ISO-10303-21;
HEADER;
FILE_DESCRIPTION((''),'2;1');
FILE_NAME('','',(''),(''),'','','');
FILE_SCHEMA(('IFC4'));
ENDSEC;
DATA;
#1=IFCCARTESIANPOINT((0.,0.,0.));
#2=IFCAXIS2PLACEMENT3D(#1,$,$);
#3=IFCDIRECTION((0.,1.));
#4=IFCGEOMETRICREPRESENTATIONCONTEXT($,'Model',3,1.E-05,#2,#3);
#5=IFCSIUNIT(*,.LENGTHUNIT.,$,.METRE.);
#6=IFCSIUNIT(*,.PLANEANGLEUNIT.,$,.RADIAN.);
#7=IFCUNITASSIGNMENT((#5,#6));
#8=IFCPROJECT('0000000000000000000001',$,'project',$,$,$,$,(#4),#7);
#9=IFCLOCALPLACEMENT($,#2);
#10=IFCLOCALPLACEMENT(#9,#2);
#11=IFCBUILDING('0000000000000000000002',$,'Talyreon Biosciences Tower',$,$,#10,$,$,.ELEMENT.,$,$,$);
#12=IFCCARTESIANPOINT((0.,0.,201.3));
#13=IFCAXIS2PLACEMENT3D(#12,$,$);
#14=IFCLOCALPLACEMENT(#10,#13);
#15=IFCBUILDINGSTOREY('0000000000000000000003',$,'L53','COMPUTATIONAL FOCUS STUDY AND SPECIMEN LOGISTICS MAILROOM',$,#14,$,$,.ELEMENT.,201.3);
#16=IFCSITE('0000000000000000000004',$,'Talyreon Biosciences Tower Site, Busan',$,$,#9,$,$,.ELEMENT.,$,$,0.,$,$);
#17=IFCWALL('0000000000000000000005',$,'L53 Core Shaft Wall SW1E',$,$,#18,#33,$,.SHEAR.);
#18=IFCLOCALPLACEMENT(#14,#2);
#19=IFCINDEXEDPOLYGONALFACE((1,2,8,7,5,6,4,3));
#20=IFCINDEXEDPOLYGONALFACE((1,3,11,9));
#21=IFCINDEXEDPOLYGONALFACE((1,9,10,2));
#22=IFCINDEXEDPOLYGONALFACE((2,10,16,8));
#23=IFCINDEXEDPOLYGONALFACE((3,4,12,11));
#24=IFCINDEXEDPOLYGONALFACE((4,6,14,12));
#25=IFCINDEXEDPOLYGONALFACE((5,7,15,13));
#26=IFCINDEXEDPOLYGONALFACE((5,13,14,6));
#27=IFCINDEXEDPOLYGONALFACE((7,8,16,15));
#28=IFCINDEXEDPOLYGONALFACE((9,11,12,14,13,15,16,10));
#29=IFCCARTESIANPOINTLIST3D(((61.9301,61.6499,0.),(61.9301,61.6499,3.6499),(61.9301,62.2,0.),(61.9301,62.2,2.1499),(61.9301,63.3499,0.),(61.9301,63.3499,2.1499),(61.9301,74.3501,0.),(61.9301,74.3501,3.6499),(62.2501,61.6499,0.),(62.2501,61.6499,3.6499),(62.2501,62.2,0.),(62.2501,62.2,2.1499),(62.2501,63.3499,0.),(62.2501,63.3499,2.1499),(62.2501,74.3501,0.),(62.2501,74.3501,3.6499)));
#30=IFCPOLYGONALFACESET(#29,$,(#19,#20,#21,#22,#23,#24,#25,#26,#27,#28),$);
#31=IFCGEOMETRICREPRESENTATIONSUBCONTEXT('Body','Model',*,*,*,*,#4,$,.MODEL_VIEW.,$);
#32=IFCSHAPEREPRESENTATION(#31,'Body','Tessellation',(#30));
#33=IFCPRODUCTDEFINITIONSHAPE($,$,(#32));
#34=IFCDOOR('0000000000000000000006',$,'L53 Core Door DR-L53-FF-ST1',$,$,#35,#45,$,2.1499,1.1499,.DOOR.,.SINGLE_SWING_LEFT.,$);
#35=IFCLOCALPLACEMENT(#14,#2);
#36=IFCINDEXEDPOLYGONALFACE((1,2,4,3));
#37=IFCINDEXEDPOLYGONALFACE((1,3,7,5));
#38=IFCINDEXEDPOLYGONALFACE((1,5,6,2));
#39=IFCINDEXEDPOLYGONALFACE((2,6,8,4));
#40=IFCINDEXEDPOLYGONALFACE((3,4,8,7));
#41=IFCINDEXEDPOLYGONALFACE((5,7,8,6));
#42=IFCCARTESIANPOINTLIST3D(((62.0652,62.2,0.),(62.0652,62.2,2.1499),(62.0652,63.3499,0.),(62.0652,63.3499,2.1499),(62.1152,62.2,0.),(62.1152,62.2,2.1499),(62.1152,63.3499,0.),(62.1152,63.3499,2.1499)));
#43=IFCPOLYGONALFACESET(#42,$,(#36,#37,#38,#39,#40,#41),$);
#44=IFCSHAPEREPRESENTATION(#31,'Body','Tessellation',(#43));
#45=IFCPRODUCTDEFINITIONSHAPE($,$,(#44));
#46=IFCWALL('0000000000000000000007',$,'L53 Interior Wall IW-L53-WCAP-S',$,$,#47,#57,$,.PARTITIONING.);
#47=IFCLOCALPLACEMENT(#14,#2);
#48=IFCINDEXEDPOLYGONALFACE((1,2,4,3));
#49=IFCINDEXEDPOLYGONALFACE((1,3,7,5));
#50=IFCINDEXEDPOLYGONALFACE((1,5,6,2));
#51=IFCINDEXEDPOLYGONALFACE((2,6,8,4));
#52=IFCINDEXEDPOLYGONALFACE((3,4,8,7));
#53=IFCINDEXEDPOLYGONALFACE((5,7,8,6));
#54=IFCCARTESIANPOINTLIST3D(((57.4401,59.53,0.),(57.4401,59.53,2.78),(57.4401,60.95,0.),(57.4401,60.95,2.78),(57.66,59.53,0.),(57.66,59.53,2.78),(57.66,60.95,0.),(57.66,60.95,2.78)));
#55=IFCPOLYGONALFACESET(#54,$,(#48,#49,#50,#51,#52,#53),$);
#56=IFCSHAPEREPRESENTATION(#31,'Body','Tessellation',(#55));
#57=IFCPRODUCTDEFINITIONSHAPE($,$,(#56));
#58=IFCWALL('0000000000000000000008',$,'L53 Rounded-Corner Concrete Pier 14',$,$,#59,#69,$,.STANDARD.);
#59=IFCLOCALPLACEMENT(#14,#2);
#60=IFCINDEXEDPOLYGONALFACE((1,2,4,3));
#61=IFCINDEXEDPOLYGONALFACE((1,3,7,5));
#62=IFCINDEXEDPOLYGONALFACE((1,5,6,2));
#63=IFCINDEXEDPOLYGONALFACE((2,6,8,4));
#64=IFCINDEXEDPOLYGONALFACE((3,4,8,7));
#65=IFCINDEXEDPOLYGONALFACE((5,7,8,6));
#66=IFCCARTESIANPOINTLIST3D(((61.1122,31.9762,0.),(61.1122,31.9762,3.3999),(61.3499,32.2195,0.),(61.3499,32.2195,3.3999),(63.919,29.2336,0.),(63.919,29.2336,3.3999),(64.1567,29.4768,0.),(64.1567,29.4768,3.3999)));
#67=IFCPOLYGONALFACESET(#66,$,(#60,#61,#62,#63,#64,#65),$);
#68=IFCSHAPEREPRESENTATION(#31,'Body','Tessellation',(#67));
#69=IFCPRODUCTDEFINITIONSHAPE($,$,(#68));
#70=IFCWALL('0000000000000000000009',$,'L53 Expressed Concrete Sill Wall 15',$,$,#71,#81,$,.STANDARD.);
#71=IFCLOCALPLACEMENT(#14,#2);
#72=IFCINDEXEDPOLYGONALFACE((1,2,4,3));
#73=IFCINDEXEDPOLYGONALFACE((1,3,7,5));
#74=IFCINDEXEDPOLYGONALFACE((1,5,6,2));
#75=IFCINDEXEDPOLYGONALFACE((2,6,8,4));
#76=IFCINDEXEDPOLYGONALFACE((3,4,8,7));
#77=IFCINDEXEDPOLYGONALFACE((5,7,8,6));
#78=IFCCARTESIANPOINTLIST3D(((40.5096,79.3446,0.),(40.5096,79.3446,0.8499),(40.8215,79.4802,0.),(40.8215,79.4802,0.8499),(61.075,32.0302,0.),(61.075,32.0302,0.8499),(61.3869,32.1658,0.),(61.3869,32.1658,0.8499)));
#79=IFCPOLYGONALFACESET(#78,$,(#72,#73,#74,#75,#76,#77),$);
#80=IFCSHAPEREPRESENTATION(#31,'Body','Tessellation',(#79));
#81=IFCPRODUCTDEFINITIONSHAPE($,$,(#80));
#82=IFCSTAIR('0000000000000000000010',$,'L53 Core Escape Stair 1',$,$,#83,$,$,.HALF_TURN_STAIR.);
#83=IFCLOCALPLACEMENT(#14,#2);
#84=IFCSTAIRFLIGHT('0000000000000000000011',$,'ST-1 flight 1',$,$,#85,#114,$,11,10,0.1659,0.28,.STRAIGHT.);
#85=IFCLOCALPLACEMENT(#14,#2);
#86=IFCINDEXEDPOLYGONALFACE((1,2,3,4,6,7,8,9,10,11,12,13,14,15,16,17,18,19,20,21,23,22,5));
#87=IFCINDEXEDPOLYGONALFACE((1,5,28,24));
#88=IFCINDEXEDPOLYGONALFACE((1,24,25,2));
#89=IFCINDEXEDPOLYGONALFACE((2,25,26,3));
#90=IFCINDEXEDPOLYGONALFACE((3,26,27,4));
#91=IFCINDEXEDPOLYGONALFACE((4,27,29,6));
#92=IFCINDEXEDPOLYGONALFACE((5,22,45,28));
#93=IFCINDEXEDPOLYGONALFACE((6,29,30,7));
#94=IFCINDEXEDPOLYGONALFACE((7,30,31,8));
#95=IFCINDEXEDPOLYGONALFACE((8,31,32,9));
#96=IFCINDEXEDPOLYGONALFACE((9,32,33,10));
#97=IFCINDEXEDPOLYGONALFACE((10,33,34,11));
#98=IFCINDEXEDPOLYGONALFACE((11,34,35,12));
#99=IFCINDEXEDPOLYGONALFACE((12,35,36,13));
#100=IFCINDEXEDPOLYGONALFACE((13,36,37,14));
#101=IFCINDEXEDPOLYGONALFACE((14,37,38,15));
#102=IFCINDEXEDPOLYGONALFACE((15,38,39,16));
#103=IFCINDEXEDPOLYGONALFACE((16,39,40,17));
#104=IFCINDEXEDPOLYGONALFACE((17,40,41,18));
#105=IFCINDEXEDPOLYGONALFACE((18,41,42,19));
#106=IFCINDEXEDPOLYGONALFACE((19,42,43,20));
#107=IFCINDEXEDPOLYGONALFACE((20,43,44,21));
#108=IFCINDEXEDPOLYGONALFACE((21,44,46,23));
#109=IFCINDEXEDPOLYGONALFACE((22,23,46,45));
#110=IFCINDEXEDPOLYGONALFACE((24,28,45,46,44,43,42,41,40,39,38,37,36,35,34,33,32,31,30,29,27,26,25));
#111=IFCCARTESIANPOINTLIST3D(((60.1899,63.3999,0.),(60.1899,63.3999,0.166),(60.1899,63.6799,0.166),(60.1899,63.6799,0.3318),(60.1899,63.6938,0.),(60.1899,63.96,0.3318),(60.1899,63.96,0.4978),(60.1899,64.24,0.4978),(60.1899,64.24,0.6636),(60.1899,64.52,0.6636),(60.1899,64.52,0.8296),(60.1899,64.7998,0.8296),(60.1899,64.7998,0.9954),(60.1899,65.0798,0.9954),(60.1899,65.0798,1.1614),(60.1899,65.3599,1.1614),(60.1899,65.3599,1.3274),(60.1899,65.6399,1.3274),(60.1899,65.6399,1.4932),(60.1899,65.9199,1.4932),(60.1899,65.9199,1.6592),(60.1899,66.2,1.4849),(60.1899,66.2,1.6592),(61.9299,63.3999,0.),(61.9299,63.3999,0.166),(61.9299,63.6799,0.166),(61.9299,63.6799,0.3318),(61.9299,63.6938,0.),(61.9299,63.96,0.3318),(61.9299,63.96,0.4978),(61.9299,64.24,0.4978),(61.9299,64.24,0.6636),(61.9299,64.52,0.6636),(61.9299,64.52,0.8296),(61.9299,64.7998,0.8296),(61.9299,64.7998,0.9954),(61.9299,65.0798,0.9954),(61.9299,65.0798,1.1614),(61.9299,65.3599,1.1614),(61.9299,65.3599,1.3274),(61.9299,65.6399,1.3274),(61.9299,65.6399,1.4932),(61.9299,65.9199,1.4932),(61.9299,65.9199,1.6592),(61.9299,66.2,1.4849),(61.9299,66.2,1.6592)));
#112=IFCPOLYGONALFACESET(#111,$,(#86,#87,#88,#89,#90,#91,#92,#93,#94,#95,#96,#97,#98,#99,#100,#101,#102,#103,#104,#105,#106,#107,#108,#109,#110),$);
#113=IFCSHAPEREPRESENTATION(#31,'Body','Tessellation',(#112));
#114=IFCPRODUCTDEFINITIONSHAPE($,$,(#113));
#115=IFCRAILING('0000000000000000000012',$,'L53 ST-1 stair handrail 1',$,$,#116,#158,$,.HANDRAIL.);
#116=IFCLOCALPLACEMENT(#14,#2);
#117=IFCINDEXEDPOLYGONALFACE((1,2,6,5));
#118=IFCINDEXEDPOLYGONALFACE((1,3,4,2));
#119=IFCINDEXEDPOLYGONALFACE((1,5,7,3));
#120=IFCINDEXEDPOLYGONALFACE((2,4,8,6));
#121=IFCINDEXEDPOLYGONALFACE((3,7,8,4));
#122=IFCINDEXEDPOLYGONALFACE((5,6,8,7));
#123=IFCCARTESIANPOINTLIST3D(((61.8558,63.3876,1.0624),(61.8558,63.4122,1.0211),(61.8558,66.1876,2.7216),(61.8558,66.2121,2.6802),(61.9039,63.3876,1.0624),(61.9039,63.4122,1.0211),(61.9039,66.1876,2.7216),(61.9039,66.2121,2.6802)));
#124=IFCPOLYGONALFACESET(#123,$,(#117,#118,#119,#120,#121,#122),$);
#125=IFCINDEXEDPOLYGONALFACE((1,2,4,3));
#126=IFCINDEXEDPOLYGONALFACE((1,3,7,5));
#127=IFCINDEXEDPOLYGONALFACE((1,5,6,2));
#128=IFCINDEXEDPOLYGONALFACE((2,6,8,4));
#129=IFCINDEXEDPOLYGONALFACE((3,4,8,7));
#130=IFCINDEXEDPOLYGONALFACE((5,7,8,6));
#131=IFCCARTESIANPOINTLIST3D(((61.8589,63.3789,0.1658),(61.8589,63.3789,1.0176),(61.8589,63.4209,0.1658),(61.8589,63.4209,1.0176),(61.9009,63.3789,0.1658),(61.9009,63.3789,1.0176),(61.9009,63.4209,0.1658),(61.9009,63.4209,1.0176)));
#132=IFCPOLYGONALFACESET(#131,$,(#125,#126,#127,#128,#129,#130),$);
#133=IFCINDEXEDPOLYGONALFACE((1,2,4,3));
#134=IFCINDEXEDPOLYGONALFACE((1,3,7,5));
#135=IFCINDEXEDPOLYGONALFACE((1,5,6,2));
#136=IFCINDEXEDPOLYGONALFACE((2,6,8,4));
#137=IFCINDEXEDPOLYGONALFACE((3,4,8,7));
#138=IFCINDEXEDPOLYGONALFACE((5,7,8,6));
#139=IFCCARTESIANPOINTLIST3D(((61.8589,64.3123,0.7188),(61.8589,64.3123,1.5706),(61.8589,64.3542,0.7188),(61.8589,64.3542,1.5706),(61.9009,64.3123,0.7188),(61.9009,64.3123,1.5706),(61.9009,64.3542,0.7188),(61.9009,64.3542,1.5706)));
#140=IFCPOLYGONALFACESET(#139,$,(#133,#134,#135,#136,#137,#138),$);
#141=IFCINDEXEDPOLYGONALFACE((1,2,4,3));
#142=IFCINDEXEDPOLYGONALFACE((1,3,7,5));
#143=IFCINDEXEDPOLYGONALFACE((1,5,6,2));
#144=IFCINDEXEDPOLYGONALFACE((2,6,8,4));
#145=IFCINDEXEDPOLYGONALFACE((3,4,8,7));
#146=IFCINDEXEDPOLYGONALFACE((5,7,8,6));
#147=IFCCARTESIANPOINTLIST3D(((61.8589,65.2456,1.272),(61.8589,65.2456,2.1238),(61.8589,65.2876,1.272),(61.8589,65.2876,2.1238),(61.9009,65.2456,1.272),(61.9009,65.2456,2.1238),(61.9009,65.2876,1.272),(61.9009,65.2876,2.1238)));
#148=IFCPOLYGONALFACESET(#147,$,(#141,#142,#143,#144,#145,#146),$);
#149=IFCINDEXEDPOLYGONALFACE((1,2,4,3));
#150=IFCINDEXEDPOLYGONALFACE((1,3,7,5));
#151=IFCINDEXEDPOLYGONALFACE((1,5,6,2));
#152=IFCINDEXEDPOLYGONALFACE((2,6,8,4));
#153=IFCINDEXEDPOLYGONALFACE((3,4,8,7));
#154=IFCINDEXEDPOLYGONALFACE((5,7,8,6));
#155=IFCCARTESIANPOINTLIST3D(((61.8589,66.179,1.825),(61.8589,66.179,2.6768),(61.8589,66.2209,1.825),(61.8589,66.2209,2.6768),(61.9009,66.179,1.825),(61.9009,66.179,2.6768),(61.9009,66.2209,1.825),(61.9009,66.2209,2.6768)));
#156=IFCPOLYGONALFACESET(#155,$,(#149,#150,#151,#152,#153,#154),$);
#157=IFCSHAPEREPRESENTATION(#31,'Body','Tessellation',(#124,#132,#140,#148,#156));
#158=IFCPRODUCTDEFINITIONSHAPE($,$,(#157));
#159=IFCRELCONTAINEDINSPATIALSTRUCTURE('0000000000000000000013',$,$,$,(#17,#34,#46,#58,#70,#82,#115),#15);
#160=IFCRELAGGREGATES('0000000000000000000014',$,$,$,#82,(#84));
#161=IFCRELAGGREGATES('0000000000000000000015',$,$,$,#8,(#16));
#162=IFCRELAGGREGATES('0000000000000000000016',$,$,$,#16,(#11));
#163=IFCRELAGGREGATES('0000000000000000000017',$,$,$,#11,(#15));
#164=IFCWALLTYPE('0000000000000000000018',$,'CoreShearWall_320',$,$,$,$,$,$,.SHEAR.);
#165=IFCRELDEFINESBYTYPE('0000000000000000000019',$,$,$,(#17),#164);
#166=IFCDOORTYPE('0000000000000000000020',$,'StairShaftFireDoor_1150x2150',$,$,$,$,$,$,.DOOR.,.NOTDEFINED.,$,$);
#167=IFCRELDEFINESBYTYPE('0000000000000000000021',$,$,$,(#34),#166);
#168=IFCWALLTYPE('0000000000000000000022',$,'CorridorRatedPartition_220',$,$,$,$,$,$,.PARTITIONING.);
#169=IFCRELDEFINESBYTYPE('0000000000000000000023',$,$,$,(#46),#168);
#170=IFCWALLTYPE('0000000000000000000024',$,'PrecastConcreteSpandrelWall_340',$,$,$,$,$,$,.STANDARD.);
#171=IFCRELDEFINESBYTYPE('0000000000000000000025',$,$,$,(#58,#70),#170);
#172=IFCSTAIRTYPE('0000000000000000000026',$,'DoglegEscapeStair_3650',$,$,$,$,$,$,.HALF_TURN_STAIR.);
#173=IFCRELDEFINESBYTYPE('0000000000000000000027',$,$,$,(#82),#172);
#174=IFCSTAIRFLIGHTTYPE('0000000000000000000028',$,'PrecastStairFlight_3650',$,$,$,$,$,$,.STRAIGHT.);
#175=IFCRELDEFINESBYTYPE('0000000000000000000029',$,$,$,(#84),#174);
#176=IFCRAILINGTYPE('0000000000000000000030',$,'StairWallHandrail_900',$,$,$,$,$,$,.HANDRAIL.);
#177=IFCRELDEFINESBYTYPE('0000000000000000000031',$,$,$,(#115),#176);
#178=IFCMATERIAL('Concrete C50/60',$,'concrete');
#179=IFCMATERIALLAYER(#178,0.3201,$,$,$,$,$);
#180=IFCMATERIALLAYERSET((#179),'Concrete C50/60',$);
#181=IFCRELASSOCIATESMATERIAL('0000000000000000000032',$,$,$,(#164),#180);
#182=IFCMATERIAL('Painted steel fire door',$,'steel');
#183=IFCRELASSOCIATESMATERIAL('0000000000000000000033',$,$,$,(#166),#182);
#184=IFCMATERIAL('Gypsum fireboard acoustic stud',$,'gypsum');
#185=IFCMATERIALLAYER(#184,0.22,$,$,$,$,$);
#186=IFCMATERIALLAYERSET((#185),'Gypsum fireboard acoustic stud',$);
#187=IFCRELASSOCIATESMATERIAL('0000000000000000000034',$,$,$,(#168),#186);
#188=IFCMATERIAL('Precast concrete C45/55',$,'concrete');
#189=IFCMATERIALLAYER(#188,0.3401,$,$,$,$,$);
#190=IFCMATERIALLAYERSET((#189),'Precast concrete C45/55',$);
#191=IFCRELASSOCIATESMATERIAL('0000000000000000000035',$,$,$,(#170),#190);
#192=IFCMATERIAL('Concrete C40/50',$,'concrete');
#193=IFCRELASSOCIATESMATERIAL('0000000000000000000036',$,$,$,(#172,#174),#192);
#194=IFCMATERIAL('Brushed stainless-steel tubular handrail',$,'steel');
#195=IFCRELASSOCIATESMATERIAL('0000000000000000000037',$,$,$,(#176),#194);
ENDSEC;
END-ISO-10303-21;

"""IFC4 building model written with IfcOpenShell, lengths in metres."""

from ifc_helpers import new_model, si_unit, direction, frame, frame_2d, origin, origin_2d, place, context, subcontext, project, spatial, polyline, rectangle, outline, extrude, material, layer, layer_set, type_object, element, fill, aggregate, save


model = new_model("IFC4")

# Units and contexts
model_context = context("Model", 3, precision=1e-05, world=origin(), true_north=direction((0.0, 1.0)))
body_context = subcontext(model_context, "Body", "Model", "MODEL_VIEW")
ifc_project = project(units=[si_unit("LENGTHUNIT", "METRE"), si_unit("PLANEANGLEUNIT", "RADIAN")], contexts=[model_context])

# Site, building, storey
site_placement = place(None, origin())
site = spatial("IfcSite", under=ifc_project, at=site_placement, Name="Talyreon Biosciences Tower Site, Busan", CompositionType="ELEMENT", RefElevation=0.0)
building_placement = place(site_placement, origin())
building = spatial("IfcBuilding", under=site, at=building_placement, Name="Talyreon Biosciences Tower", CompositionType="ELEMENT")
storey_placement = place(building_placement, frame((0.0, 0.0, 201.3)))
storey = spatial("IfcBuildingStorey", under=building, at=storey_placement, Name="L53", Description="COMPUTATIONAL FOCUS STUDY AND SPECIMEN LOGISTICS MAILROOM", CompositionType="ELEMENT", Elevation=201.3)

# Shared definitions
ifc_material_1 = material(Name="Concrete C50/60", Category="concrete")

# Shared definitions
ifc_material_2 = material(Name="Precast concrete C45/55", Category="concrete")

# Wall, opening, door
ifc_layer_1 = layer(ifc_material_1, 0.3201)
ifc_layer_set_1 = layer_set([ifc_layer_1], Name="Concrete C50/60")
wall_type_1 = type_object("IfcWallType", Name="CoreShearWall_320", PredefinedType="SHEAR", material=ifc_layer_set_1)
wall_1_placement = place(storey_placement, frame((62.0901, 61.6499, 0.0), z_axis=(0.0, 0.0, 1.0), x_axis=(0.0, 1.0, 0.0)))
wall_1 = element("IfcWall", 1, at=wall_1_placement, inside=storey, type_object=wall_type_1, Name="L53 Core Shaft Wall SW1E", PredefinedType="SHEAR", context=body_context, shape_type="SweptSolid", body=[
    extrude(rectangle(XDim=12.7002, YDim=0.3201, at=frame_2d((6.3501, 0.0))), origin(), (0.0, 0.0, 1.0), 3.6499),
])
opening_1_placement = place(wall_1_placement, frame((0.55, 0.0, 0.0)))
opening_1 = element("IfcOpeningElement", 2, at=opening_1_placement, cuts=wall_1, PredefinedType="OPENING", context=body_context, shape_type="SweptSolid", body=[
    extrude(rectangle(XDim=1.1499, YDim=2.1499, at=frame_2d((0.575, 1.075))), frame((0.0, 0.1699, 0.0), z_axis=(0.0, -1.0, 0.0), x_axis=(1.0, 0.0, 0.0)), (0.0, 0.0, 1.0), 0.3401),
])
ifc_material_3 = material(Name="Painted steel fire door", Category="steel")
door_type_1 = type_object("IfcDoorType", Name="StairShaftFireDoor_1150x2150", OperationType="NOTDEFINED", PredefinedType="DOOR", material=ifc_material_3)
door_1_placement = place(opening_1_placement, origin())
door_1 = element("IfcDoor", 3, at=door_1_placement, inside=storey, type_object=door_type_1, Name="L53 Core Door DR-L53-FF-ST1", OperationType="SINGLE_SWING_LEFT", OverallHeight=2.1499, OverallWidth=1.1499, PredefinedType="DOOR", context=body_context, shape_type="SweptSolid", body=[
    extrude(rectangle(XDim=1.1499, YDim=2.1499, at=frame_2d((0.575, 1.075))), frame((0.0, 0.0249, 0.0), z_axis=(0.0, -1.0, 0.0), x_axis=(1.0, 0.0, 0.0)), (0.0, 0.0, 1.0), 0.05),
])
fill(opening_1, door_1)

# Walls
ifc_material_4 = material(Name="Gypsum fireboard acoustic stud", Category="gypsum")
ifc_layer_2 = layer(ifc_material_4, 0.22)
ifc_layer_set_2 = layer_set([ifc_layer_2], Name="Gypsum fireboard acoustic stud")
wall_type_2 = type_object("IfcWallType", Name="CorridorRatedPartition_220", PredefinedType="PARTITIONING", material=ifc_layer_set_2)
wall_2_placement = place(storey_placement, frame((57.55, 59.53, 0.0), z_axis=(0.0, 0.0, 1.0), x_axis=(0.0, 1.0, 0.0)))
element("IfcWall", 4, at=wall_2_placement, inside=storey, type_object=wall_type_2, Name="L53 Interior Wall IW-L53-WCAP-S", PredefinedType="PARTITIONING", context=body_context, shape_type="SweptSolid", body=[
    extrude(rectangle(XDim=1.4199, YDim=0.22, at=frame_2d((0.71, 0.0))), origin(), (0.0, 0.0, 1.0), 2.78),
])
ifc_layer_3 = layer(ifc_material_2, 0.3401)
ifc_layer_set_3 = layer_set([ifc_layer_3], Name="Precast concrete C45/55")
wall_type_3 = type_object("IfcWallType", Name="PrecastConcreteSpandrelWall_340", PredefinedType="STANDARD", material=ifc_layer_set_3)
wall_3_placement = place(storey_placement, frame((64.0378, 29.3552, 0.0), z_axis=(0.0, 0.0, 1.0), x_axis=(-0.71524, 0.698879, 0.0)))
element("IfcWall", 5, at=wall_3_placement, inside=storey, type_object=wall_type_3, Name="L53 Rounded-Corner Concrete Pier 14", PredefinedType="STANDARD", context=body_context, shape_type="SweptSolid", body=[
    extrude(rectangle(XDim=3.9243, YDim=0.3401, at=frame_2d((1.9622, 0.0))), origin(), (0.0, 0.0, 1.0), 3.3999),
])
wall_4_placement = place(storey_placement, frame((61.231, 32.0979, 0.0), z_axis=(0.0, 0.0, 1.0), x_axis=(-0.398627, 0.917113, 0.0)))
element("IfcWall", 6, at=wall_4_placement, inside=storey, type_object=wall_type_3, Name="L53 Expressed Concrete Sill Wall 15", PredefinedType="STANDARD", context=body_context, shape_type="SweptSolid", body=[
    extrude(rectangle(XDim=51.5906, YDim=0.3401, at=frame_2d((25.7954, 0.0))), origin(), (0.0, 0.0, 1.0), 0.8499),
])

# Stair, stair flight
ifc_material_5 = material(Name="Concrete C40/50", Category="concrete")
stair_type = type_object("IfcStairType", Name="DoglegEscapeStair_3650", PredefinedType="HALF_TURN_STAIR", material=ifc_material_5)
stair_placement = place(storey_placement, origin())
stair = element("IfcStair", 7, at=stair_placement, inside=storey, type_object=stair_type, Name="L53 Core Escape Stair 1", PredefinedType="HALF_TURN_STAIR")
stair_flight_type = type_object("IfcStairFlightType", Name="PrecastStairFlight_3650", PredefinedType="STRAIGHT", material=ifc_material_5)
stair_flight_placement = place(storey_placement, frame((61.0601, 63.3999, 0.0), z_axis=(0.0, 0.0, 1.0), x_axis=(0.0, 1.0, 0.0)))
stair_flight = element("IfcStairFlight", 8, at=stair_flight_placement, type_object=stair_flight_type, Name="ST-1 flight 1", NumberOfRisers=11, NumberOfTreads=10, PredefinedType="STRAIGHT", RiserHeight=0.1659, TreadLength=0.28, context=body_context, shape_type="SweptSolid", body=[
    extrude(outline(polyline([(0.0, 0.0), (0.0, 0.166), (0.28, 0.166), (0.28, 0.3318), (0.5601, 0.3318), (0.5601, 0.4978), (0.8401, 0.4978), (0.8401, 0.6636), (1.1201, 0.6636), (1.1201, 0.8296), (1.3999, 0.8296), (1.3999, 0.9954), (1.6799, 0.9954), (1.6799, 1.1614), (1.96, 1.1614), (1.96, 1.3274), (2.24, 1.3274), (2.24, 1.4932), (2.52, 1.4932), (2.52, 1.6592), (2.8, 1.6592), (2.8, 1.825), (2.8, 1.4849), (0.2939, 0.0), (0.0, 0.0)])), frame((0.0, 0.8701, 0.0), z_axis=(0.0, -1.0, 0.0), x_axis=(1.0, 0.0, 0.0)), (0.0, 0.0, 1.0), 1.74),
])
aggregate(stair, [stair_flight])

# Railing
ifc_material_6 = material(Name="Brushed stainless-steel tubular handrail", Category="steel")
railing_type_1 = type_object("IfcRailingType", Name="StairWallHandrail_900", PredefinedType="HANDRAIL", material=ifc_material_6)
railing_1_placement = place(storey_placement, frame((61.8799, 63.3999, 0.1658)))
element("IfcRailing", 9, at=railing_1_placement, inside=storey, type_object=railing_type_1, Name="L53 ST-1 stair handrail 1", PredefinedType="HANDRAIL", context=body_context, shape_type="SweptSolid", body=[
    extrude(rectangle(XDim=0.0481, YDim=0.0481, at=origin_2d()), frame((0.0, 0.0, 0.876), z_axis=(0.0, 0.860306, 0.509778), x_axis=(-1.0, 0.0, 0.0)), (0.0, 0.0, 1.0), 3.2546),
    extrude(rectangle(XDim=0.042, YDim=0.042, at=origin_2d()), origin(), (0.0, 0.0, 1.0), 0.8518),
    extrude(rectangle(XDim=0.042, YDim=0.042, at=origin_2d()), frame((0.0, 0.9333, 0.553)), (0.0, 0.0, 1.0), 0.8518),
    extrude(rectangle(XDim=0.042, YDim=0.042, at=origin_2d()), frame((0.0, 1.8667, 1.1062)), (0.0, 0.0, 1.0), 0.8518),
    extrude(rectangle(XDim=0.042, YDim=0.042, at=origin_2d()), frame((0.0, 2.8, 1.6592)), (0.0, 0.0, 1.0), 0.8518),
])

save(model, "model.ifc")
